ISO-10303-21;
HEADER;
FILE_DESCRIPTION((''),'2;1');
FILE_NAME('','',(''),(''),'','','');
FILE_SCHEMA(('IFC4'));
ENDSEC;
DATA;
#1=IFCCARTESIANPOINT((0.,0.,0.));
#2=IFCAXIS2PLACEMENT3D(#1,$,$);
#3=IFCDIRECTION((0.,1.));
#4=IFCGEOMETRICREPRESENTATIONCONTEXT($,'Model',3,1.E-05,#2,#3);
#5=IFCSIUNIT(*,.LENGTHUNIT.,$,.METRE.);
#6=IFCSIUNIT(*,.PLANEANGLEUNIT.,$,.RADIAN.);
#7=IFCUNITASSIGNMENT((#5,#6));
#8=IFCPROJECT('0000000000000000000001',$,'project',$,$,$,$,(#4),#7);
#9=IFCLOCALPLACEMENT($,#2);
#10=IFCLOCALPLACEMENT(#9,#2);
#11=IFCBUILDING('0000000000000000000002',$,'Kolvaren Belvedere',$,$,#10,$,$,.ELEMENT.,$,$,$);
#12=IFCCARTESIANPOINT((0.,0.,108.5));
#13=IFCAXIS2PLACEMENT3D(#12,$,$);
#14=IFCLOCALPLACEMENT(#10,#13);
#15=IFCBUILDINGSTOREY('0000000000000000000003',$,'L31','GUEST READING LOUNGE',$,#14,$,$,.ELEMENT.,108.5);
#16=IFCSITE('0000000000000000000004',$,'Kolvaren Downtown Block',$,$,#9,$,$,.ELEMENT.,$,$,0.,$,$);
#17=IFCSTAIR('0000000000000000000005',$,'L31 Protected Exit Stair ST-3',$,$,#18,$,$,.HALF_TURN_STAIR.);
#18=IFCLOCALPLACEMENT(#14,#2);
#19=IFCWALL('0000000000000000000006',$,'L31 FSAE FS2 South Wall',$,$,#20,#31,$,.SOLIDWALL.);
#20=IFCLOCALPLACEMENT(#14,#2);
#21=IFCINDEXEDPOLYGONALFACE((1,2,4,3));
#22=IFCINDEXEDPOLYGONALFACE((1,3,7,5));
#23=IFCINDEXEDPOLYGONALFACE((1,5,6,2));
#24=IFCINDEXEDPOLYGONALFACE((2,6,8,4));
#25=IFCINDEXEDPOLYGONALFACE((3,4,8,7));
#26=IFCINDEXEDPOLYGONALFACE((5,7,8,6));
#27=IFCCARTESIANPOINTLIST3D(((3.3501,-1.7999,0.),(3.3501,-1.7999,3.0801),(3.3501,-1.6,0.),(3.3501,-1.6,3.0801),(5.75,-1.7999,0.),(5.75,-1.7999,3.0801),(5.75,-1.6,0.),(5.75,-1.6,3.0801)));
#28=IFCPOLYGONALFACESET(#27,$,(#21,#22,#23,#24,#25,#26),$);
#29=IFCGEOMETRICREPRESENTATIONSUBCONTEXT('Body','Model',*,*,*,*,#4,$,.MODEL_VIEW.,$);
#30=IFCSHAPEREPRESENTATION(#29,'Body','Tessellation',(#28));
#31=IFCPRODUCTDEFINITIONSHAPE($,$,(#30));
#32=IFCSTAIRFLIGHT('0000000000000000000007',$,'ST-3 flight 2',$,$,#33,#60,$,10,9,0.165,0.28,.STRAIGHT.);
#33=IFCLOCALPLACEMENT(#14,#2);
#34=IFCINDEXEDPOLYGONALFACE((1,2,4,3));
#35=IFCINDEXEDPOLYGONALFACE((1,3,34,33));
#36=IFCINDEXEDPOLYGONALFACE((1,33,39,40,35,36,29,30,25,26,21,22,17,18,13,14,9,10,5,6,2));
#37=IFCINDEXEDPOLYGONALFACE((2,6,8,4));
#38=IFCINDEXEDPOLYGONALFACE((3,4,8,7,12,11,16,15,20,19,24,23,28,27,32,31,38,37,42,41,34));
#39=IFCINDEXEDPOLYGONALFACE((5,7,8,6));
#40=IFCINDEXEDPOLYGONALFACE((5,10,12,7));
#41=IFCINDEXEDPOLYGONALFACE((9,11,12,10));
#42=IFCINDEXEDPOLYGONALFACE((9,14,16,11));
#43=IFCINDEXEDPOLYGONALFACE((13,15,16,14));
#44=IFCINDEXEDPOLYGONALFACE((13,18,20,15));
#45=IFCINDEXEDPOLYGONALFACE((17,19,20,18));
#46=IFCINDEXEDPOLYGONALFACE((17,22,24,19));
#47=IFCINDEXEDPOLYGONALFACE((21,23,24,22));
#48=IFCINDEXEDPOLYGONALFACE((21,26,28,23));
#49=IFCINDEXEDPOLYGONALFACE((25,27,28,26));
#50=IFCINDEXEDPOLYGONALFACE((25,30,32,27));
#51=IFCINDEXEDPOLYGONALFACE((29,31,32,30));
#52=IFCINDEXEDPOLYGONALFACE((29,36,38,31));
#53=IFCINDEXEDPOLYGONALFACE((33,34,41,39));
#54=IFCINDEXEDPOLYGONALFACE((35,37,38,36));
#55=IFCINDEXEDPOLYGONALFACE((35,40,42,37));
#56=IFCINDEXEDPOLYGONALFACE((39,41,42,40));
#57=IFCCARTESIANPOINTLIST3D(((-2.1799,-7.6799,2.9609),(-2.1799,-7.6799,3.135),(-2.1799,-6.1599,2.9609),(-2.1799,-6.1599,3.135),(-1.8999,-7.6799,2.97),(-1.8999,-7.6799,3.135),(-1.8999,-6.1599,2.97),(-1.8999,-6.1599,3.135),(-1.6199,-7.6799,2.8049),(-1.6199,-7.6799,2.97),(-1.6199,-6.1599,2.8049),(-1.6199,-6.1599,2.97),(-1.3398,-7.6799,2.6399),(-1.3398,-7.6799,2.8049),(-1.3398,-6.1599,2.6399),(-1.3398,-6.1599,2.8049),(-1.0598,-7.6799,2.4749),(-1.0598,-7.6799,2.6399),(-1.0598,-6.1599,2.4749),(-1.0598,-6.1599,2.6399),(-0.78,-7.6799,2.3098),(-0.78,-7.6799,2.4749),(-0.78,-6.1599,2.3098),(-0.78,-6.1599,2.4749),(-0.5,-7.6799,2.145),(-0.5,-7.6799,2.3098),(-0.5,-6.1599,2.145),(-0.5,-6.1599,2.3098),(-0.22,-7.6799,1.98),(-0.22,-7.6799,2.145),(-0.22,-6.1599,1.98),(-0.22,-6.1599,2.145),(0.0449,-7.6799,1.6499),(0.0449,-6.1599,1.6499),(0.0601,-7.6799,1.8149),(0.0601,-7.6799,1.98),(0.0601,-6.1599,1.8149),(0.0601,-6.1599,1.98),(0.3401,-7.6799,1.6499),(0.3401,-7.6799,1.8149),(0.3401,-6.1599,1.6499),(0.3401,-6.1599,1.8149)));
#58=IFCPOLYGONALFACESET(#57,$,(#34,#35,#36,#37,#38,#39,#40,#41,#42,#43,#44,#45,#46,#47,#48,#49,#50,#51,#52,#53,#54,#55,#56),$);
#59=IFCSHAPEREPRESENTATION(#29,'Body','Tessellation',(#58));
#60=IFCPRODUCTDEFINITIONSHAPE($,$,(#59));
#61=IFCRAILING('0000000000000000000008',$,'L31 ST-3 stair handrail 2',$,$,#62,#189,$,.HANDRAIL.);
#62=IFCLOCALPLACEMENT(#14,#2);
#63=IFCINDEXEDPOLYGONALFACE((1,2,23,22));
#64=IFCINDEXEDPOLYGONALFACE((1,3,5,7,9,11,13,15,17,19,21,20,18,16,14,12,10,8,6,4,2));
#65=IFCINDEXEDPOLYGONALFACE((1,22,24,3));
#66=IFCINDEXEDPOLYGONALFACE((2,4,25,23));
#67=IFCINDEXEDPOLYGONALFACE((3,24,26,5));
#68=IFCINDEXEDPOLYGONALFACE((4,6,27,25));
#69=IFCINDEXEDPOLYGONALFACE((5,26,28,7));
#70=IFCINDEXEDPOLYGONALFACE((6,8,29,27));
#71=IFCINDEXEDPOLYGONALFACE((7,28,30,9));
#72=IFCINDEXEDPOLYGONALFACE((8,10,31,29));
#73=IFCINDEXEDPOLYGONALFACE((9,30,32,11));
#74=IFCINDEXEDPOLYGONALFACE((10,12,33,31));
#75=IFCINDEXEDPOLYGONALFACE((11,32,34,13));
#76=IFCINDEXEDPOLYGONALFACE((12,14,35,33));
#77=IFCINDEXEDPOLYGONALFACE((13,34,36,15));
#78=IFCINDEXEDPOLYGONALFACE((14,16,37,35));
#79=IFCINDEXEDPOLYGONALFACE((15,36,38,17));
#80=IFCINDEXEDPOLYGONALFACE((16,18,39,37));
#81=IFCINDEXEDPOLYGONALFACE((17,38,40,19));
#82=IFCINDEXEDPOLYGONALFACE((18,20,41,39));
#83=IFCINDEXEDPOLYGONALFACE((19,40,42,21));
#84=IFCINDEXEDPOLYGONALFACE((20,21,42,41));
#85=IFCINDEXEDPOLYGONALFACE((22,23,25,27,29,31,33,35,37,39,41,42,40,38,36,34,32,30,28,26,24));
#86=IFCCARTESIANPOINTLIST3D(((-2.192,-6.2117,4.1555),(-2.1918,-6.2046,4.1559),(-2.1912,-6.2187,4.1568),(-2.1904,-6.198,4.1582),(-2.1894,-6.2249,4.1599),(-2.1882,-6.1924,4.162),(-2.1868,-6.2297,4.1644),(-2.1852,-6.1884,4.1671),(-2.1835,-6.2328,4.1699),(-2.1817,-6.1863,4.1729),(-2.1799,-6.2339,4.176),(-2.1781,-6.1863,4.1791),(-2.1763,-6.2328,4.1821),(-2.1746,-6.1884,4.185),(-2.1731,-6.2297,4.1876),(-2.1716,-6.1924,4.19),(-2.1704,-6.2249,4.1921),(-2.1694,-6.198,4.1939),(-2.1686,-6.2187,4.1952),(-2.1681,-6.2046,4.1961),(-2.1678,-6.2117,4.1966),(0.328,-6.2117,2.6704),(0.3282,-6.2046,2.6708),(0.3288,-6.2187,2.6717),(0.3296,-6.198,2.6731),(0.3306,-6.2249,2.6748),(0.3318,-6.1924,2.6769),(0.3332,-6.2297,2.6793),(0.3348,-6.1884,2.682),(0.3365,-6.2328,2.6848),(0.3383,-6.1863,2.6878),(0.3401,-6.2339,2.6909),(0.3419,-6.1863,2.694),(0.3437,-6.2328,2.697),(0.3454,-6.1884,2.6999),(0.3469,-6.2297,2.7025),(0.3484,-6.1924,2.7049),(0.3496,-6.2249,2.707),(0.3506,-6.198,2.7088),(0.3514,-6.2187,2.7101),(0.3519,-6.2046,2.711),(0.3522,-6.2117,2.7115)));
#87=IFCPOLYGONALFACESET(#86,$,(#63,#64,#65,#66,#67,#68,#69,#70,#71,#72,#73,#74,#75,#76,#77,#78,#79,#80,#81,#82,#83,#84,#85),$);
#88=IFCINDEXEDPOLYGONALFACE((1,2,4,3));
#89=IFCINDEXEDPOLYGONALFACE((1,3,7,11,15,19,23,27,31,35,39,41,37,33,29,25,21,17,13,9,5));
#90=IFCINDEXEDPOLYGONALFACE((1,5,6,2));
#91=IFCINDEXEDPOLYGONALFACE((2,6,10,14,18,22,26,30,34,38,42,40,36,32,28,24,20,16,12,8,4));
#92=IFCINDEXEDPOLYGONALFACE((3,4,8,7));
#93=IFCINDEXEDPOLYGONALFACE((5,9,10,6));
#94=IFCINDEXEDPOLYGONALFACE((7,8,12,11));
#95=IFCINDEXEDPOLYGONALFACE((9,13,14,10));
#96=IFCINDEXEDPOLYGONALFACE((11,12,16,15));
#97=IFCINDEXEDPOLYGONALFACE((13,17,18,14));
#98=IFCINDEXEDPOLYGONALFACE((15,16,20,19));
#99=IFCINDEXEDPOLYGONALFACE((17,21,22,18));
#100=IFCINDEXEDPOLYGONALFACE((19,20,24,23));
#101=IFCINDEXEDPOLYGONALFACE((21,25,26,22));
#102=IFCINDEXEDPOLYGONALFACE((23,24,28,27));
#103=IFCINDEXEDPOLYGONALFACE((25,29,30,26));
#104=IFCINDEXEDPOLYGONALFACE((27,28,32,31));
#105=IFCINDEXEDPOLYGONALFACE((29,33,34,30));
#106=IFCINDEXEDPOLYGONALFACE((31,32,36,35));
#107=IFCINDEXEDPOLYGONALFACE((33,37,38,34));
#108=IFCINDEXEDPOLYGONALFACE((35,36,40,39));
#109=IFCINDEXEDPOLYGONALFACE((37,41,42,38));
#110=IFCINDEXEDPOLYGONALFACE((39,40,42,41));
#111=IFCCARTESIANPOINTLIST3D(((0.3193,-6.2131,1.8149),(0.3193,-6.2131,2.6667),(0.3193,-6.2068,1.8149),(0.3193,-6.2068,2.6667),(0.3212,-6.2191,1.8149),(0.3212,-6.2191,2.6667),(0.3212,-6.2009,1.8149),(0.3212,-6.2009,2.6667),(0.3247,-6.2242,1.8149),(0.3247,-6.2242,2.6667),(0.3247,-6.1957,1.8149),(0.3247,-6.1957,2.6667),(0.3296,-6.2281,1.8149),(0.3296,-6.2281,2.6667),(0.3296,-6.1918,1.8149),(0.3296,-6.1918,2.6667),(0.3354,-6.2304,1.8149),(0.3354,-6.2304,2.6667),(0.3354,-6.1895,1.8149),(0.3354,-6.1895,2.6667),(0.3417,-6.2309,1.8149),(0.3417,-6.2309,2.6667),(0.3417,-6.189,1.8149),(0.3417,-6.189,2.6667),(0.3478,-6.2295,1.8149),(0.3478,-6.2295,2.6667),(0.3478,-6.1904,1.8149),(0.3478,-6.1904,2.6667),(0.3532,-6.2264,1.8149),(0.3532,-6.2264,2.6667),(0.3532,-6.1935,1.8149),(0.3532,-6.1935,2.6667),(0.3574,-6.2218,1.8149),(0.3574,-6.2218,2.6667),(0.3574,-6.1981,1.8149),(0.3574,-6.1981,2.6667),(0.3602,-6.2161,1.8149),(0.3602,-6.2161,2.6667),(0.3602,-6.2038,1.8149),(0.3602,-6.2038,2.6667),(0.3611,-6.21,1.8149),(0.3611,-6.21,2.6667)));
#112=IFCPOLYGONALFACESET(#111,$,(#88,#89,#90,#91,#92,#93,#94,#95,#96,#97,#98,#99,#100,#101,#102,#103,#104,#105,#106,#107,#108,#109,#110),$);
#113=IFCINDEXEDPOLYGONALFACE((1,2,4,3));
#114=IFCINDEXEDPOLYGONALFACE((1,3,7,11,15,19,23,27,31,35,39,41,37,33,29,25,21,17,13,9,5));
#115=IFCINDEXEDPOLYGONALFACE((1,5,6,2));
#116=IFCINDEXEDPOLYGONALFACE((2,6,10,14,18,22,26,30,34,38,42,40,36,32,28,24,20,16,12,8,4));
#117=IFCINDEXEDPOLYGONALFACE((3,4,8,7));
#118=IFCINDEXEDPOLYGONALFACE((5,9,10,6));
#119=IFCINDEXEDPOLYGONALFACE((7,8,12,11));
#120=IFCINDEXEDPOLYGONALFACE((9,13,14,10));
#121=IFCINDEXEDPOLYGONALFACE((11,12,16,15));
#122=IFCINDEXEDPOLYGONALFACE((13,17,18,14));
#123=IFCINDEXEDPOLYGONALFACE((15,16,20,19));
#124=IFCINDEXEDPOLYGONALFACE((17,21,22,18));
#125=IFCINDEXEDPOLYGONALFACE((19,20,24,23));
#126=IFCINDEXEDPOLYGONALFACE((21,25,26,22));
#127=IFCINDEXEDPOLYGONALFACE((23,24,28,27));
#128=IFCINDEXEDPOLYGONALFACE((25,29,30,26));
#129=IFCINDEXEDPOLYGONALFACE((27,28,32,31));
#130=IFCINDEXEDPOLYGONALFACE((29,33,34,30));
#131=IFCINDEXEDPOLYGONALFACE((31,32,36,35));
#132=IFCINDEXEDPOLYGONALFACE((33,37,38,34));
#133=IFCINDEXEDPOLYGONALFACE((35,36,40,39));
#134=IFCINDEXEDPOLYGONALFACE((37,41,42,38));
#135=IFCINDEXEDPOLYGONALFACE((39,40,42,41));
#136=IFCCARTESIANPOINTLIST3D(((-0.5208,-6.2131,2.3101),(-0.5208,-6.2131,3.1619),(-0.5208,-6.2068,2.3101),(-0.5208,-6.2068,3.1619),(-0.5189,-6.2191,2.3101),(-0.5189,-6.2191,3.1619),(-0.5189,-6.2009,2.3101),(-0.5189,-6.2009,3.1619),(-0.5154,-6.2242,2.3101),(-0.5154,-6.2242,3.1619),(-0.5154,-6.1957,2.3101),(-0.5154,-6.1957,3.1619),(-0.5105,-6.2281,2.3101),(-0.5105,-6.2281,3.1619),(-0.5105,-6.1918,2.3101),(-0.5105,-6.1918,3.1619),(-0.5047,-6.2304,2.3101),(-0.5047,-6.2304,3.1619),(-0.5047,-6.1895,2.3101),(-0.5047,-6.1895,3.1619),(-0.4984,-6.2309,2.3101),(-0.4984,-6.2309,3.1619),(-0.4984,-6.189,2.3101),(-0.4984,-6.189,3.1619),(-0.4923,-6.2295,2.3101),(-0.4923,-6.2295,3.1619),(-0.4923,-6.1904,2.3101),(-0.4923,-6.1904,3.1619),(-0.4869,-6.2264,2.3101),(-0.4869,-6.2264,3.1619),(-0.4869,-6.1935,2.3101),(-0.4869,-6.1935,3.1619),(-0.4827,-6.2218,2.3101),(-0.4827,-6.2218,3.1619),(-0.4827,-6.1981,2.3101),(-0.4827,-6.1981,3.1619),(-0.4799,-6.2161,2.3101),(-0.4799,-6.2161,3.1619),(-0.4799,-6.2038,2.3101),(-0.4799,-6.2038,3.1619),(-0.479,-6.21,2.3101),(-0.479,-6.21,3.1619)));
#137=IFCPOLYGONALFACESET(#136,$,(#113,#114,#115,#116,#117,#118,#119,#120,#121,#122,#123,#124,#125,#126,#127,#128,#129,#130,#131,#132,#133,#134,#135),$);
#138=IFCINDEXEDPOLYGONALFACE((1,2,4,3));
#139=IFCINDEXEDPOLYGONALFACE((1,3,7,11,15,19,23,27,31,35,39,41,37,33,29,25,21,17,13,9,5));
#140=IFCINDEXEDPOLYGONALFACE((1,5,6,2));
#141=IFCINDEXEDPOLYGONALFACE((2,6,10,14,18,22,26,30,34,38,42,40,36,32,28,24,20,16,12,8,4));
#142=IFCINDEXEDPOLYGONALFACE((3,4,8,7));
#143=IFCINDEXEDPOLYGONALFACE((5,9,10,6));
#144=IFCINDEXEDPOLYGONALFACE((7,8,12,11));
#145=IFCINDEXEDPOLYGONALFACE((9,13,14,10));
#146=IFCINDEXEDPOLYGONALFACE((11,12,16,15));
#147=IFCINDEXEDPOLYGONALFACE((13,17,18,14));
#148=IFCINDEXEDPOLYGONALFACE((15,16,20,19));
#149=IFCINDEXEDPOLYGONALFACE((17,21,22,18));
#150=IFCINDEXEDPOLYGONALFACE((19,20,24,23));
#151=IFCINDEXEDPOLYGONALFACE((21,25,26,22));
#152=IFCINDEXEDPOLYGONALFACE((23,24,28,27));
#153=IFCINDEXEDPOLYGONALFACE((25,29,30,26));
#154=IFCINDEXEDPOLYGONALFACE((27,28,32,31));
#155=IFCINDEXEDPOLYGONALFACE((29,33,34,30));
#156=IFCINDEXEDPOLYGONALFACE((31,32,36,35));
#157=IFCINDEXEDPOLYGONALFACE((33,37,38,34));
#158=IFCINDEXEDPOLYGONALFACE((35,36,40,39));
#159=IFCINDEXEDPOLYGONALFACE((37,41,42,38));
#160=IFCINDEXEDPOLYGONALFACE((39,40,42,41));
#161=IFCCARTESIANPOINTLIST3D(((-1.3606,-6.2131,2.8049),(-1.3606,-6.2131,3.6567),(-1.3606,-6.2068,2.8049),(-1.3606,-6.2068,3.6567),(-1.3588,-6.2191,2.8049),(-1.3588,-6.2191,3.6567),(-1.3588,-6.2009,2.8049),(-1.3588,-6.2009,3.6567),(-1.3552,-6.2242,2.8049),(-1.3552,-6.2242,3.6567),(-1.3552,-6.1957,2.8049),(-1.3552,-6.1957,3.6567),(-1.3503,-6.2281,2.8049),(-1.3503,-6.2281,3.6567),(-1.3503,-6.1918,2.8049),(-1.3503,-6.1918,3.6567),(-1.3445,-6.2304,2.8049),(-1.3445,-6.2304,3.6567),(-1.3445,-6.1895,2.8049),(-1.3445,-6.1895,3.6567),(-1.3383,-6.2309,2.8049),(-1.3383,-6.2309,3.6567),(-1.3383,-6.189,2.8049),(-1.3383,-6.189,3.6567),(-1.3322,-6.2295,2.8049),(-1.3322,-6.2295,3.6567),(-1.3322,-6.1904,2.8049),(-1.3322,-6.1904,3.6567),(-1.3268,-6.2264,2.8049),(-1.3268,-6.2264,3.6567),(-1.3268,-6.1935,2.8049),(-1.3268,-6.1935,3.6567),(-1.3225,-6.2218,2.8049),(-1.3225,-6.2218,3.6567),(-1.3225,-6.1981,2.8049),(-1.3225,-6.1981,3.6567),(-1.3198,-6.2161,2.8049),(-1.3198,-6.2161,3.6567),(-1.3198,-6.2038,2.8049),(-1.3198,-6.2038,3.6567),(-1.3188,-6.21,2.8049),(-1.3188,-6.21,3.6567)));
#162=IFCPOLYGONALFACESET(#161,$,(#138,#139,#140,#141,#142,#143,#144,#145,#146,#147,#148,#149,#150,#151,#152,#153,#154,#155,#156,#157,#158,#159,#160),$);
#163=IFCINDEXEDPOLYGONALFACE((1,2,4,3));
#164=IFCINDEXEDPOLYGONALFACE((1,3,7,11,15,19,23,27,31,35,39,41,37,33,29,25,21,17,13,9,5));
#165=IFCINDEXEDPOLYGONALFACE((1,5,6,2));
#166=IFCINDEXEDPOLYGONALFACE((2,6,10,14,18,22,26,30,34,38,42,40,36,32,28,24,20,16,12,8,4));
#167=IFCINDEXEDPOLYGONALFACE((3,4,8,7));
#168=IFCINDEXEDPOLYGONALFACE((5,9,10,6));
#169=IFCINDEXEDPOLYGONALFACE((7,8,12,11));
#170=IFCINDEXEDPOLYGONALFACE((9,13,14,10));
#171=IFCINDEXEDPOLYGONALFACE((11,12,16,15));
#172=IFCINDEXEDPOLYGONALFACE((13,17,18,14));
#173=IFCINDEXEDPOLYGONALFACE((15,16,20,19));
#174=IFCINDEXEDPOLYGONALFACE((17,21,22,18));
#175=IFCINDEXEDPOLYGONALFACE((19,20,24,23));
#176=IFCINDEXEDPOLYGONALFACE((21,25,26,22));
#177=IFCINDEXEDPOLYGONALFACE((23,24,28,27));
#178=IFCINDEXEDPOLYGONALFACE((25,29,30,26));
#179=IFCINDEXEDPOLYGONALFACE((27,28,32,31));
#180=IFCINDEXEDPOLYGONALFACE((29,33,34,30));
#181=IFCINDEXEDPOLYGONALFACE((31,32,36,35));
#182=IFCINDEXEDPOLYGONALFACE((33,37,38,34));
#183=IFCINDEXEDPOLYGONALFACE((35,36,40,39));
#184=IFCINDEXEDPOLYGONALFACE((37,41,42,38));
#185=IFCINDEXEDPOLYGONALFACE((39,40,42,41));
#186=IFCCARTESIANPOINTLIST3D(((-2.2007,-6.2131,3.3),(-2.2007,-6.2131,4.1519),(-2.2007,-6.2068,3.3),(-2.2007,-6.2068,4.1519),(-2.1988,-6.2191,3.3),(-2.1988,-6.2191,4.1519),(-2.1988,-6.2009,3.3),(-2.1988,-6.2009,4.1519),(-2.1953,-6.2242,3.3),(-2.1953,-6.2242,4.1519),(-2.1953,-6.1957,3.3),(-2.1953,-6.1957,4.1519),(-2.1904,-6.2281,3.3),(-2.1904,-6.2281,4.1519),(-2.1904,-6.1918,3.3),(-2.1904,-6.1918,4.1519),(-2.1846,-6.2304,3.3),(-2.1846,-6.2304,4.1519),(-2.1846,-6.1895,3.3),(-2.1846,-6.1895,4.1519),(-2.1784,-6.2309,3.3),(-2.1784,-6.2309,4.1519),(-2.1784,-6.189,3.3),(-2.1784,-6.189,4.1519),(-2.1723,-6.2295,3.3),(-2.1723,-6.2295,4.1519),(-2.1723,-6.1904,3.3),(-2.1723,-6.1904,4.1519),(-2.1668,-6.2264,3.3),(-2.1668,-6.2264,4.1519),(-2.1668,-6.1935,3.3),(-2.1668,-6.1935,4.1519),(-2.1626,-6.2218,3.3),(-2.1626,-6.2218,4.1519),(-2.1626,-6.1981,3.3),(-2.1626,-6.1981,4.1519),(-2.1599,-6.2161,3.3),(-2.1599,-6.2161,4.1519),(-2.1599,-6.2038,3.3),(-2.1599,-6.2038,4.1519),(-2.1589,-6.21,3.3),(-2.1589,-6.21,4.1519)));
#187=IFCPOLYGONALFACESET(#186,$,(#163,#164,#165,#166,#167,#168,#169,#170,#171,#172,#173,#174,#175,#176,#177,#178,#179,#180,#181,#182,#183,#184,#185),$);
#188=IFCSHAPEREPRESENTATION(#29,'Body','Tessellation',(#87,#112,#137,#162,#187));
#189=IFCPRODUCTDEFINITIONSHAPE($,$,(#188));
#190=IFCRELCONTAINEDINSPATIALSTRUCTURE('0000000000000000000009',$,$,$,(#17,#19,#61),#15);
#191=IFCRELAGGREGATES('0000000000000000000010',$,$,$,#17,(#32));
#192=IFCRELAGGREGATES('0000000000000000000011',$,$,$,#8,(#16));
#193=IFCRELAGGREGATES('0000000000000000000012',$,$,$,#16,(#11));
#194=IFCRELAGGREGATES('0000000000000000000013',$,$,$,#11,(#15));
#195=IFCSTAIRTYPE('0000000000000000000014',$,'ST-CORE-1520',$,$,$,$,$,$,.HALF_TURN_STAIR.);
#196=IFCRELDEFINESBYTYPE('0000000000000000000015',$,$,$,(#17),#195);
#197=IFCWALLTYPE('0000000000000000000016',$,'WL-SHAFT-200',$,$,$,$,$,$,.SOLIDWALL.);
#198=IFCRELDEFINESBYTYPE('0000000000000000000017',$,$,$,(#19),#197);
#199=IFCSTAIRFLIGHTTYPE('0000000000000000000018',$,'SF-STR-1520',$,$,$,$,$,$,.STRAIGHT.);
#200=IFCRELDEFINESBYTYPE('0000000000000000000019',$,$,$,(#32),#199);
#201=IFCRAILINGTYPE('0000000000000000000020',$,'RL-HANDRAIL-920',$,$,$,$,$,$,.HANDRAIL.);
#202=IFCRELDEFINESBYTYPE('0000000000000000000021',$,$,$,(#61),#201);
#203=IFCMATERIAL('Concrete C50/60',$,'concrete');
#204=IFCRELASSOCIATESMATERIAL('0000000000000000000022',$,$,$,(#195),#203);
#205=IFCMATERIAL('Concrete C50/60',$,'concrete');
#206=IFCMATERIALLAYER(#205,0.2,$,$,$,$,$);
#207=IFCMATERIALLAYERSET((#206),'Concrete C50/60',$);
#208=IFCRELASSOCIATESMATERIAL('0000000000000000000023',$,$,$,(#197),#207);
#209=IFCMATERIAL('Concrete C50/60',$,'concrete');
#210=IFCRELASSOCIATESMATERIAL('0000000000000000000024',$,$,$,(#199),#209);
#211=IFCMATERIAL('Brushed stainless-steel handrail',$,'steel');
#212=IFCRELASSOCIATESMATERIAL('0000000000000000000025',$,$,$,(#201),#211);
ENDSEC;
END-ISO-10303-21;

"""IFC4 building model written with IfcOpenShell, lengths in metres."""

from ifc_helpers import new_model, si_unit, direction, frame, frame_2d, origin, origin_2d, place, context, subcontext, project, spatial, polyline, rectangle, circle, outline, extrude, material, layer, layer_set, type_object, element, aggregate, save


model = new_model("IFC4")

# Units and contexts
model_context = context("Model", 3, precision=1e-05, world=origin(), true_north=direction((0.0, 1.0)))
body_context = subcontext(model_context, "Body", "Model", "MODEL_VIEW")
ifc_project = project(units=[si_unit("LENGTHUNIT", "METRE"), si_unit("PLANEANGLEUNIT", "RADIAN")], contexts=[model_context])

# Site, building, storey
site_placement = place(None, origin())
site = spatial("IfcSite", under=ifc_project, at=site_placement, Name="Kolvaren Downtown Block", CompositionType="ELEMENT", RefElevation=0.0)
building_placement = place(site_placement, origin())
building = spatial("IfcBuilding", under=site, at=building_placement, Name="Kolvaren Belvedere", CompositionType="ELEMENT")
storey_placement = place(building_placement, frame((0.0, 0.0, 108.5)))
storey = spatial("IfcBuildingStorey", under=building, at=storey_placement, Name="L31", Description="GUEST READING LOUNGE", CompositionType="ELEMENT", Elevation=108.5)

# Stair
ifc_material_1 = material(Name="Concrete C50/60", Category="concrete")
stair_type = type_object("IfcStairType", Name="ST-CORE-1520", PredefinedType="HALF_TURN_STAIR", material=ifc_material_1)
stair_1_placement = place(storey_placement, origin())
stair_1 = element("IfcStair", 1, at=stair_1_placement, inside=storey, type_object=stair_type, Name="L31 Protected Exit Stair ST-3", PredefinedType="HALF_TURN_STAIR")

# Wall
ifc_material_2 = material(Name="Concrete C50/60", Category="concrete")
ifc_layer_1 = layer(ifc_material_2, 0.2)
ifc_layer_set_1 = layer_set([ifc_layer_1], Name="Concrete C50/60")
wall_type_1 = type_object("IfcWallType", Name="WL-SHAFT-200", PredefinedType="SOLIDWALL", material=ifc_layer_set_1)
wall_1_placement = place(storey_placement, frame((3.3501, -1.7, 0.0), z_axis=(0.0, 0.0, 1.0), x_axis=(1.0, 0.0, 0.0)))
element("IfcWall", 2, at=wall_1_placement, inside=storey, type_object=wall_type_1, Name="L31 FSAE FS2 South Wall", PredefinedType="SOLIDWALL", context=body_context, shape_type="SweptSolid", body=[
    extrude(rectangle(XDim=2.3999, YDim=0.2, at=frame_2d((1.2, 0.0))), origin(), (0.0, 0.0, 1.0), 3.0801),
])

# Stair flight
ifc_material_3 = material(Name="Concrete C50/60", Category="concrete")
stair_flight_type = type_object("IfcStairFlightType", Name="SF-STR-1520", PredefinedType="STRAIGHT", material=ifc_material_3)
stair_flight_placement = place(storey_placement, frame((0.3401, -6.9199, 1.6499), z_axis=(0.0, 0.0, 1.0), x_axis=(-1.0, 0.0, 0.0)))
stair_flight = element("IfcStairFlight", 3, at=stair_flight_placement, type_object=stair_flight_type, Name="ST-3 flight 2", NumberOfRisers=10, NumberOfTreads=9, PredefinedType="STRAIGHT", RiserHeight=0.165, TreadLength=0.28, context=body_context, shape_type="SweptSolid", body=[
    extrude(outline(polyline([(0.0, 0.0), (0.0, 0.165), (0.28, 0.165), (0.28, 0.3301), (0.5601, 0.3301), (0.5601, 0.4951), (0.8401, 0.4951), (0.8401, 0.6599), (1.1201, 0.6599), (1.1201, 0.825), (1.3999, 0.825), (1.3999, 0.99), (1.6799, 0.99), (1.6799, 1.155), (1.96, 1.155), (1.96, 1.3201), (2.24, 1.3201), (2.24, 1.4851), (2.52, 1.4851), (2.52, 1.6499), (2.52, 1.311), (0.2952, 0.0), (0.0, 0.0)])), frame((0.0, 0.76, 0.0), z_axis=(0.0, -1.0, 0.0), x_axis=(1.0, 0.0, 0.0)), (0.0, 0.0, 1.0), 1.52),
])
aggregate(stair_1, [stair_flight])

# Railing
ifc_material_4 = material(Name="Brushed stainless-steel handrail", Category="steel")
railing_type_1 = type_object("IfcRailingType", Name="RL-HANDRAIL-920", PredefinedType="HANDRAIL", material=ifc_material_4)
railing_1_placement = place(storey_placement, frame((0.3401, -6.21, 1.8149)))
element("IfcRailing", 4, at=railing_1_placement, inside=storey, type_object=railing_type_1, Name="L31 ST-3 stair handrail 2", PredefinedType="HANDRAIL", context=body_context, shape_type="SweptSolid", body=[
    extrude(circle(Radius=0.0239, at=origin_2d()), frame((0.0, 0.0, 0.876), z_axis=(-0.861524, 0.0, 0.507717), x_axis=(0.0, -1.0, 0.0)), (0.0, 0.0, 1.0), 2.925),
    extrude(circle(Radius=0.021, at=origin_2d()), origin(), (0.0, 0.0, 1.0), 0.8518),
    extrude(circle(Radius=0.021, at=origin_2d()), frame((-0.8401, 0.0, 0.4951)), (0.0, 0.0, 1.0), 0.8518),
    extrude(circle(Radius=0.021, at=origin_2d()), frame((-1.6799, 0.0, 0.99)), (0.0, 0.0, 1.0), 0.8518),
    extrude(circle(Radius=0.021, at=origin_2d()), frame((-2.52, 0.0, 1.4851)), (0.0, 0.0, 1.0), 0.8518),
])

save(model, "model.ifc")
